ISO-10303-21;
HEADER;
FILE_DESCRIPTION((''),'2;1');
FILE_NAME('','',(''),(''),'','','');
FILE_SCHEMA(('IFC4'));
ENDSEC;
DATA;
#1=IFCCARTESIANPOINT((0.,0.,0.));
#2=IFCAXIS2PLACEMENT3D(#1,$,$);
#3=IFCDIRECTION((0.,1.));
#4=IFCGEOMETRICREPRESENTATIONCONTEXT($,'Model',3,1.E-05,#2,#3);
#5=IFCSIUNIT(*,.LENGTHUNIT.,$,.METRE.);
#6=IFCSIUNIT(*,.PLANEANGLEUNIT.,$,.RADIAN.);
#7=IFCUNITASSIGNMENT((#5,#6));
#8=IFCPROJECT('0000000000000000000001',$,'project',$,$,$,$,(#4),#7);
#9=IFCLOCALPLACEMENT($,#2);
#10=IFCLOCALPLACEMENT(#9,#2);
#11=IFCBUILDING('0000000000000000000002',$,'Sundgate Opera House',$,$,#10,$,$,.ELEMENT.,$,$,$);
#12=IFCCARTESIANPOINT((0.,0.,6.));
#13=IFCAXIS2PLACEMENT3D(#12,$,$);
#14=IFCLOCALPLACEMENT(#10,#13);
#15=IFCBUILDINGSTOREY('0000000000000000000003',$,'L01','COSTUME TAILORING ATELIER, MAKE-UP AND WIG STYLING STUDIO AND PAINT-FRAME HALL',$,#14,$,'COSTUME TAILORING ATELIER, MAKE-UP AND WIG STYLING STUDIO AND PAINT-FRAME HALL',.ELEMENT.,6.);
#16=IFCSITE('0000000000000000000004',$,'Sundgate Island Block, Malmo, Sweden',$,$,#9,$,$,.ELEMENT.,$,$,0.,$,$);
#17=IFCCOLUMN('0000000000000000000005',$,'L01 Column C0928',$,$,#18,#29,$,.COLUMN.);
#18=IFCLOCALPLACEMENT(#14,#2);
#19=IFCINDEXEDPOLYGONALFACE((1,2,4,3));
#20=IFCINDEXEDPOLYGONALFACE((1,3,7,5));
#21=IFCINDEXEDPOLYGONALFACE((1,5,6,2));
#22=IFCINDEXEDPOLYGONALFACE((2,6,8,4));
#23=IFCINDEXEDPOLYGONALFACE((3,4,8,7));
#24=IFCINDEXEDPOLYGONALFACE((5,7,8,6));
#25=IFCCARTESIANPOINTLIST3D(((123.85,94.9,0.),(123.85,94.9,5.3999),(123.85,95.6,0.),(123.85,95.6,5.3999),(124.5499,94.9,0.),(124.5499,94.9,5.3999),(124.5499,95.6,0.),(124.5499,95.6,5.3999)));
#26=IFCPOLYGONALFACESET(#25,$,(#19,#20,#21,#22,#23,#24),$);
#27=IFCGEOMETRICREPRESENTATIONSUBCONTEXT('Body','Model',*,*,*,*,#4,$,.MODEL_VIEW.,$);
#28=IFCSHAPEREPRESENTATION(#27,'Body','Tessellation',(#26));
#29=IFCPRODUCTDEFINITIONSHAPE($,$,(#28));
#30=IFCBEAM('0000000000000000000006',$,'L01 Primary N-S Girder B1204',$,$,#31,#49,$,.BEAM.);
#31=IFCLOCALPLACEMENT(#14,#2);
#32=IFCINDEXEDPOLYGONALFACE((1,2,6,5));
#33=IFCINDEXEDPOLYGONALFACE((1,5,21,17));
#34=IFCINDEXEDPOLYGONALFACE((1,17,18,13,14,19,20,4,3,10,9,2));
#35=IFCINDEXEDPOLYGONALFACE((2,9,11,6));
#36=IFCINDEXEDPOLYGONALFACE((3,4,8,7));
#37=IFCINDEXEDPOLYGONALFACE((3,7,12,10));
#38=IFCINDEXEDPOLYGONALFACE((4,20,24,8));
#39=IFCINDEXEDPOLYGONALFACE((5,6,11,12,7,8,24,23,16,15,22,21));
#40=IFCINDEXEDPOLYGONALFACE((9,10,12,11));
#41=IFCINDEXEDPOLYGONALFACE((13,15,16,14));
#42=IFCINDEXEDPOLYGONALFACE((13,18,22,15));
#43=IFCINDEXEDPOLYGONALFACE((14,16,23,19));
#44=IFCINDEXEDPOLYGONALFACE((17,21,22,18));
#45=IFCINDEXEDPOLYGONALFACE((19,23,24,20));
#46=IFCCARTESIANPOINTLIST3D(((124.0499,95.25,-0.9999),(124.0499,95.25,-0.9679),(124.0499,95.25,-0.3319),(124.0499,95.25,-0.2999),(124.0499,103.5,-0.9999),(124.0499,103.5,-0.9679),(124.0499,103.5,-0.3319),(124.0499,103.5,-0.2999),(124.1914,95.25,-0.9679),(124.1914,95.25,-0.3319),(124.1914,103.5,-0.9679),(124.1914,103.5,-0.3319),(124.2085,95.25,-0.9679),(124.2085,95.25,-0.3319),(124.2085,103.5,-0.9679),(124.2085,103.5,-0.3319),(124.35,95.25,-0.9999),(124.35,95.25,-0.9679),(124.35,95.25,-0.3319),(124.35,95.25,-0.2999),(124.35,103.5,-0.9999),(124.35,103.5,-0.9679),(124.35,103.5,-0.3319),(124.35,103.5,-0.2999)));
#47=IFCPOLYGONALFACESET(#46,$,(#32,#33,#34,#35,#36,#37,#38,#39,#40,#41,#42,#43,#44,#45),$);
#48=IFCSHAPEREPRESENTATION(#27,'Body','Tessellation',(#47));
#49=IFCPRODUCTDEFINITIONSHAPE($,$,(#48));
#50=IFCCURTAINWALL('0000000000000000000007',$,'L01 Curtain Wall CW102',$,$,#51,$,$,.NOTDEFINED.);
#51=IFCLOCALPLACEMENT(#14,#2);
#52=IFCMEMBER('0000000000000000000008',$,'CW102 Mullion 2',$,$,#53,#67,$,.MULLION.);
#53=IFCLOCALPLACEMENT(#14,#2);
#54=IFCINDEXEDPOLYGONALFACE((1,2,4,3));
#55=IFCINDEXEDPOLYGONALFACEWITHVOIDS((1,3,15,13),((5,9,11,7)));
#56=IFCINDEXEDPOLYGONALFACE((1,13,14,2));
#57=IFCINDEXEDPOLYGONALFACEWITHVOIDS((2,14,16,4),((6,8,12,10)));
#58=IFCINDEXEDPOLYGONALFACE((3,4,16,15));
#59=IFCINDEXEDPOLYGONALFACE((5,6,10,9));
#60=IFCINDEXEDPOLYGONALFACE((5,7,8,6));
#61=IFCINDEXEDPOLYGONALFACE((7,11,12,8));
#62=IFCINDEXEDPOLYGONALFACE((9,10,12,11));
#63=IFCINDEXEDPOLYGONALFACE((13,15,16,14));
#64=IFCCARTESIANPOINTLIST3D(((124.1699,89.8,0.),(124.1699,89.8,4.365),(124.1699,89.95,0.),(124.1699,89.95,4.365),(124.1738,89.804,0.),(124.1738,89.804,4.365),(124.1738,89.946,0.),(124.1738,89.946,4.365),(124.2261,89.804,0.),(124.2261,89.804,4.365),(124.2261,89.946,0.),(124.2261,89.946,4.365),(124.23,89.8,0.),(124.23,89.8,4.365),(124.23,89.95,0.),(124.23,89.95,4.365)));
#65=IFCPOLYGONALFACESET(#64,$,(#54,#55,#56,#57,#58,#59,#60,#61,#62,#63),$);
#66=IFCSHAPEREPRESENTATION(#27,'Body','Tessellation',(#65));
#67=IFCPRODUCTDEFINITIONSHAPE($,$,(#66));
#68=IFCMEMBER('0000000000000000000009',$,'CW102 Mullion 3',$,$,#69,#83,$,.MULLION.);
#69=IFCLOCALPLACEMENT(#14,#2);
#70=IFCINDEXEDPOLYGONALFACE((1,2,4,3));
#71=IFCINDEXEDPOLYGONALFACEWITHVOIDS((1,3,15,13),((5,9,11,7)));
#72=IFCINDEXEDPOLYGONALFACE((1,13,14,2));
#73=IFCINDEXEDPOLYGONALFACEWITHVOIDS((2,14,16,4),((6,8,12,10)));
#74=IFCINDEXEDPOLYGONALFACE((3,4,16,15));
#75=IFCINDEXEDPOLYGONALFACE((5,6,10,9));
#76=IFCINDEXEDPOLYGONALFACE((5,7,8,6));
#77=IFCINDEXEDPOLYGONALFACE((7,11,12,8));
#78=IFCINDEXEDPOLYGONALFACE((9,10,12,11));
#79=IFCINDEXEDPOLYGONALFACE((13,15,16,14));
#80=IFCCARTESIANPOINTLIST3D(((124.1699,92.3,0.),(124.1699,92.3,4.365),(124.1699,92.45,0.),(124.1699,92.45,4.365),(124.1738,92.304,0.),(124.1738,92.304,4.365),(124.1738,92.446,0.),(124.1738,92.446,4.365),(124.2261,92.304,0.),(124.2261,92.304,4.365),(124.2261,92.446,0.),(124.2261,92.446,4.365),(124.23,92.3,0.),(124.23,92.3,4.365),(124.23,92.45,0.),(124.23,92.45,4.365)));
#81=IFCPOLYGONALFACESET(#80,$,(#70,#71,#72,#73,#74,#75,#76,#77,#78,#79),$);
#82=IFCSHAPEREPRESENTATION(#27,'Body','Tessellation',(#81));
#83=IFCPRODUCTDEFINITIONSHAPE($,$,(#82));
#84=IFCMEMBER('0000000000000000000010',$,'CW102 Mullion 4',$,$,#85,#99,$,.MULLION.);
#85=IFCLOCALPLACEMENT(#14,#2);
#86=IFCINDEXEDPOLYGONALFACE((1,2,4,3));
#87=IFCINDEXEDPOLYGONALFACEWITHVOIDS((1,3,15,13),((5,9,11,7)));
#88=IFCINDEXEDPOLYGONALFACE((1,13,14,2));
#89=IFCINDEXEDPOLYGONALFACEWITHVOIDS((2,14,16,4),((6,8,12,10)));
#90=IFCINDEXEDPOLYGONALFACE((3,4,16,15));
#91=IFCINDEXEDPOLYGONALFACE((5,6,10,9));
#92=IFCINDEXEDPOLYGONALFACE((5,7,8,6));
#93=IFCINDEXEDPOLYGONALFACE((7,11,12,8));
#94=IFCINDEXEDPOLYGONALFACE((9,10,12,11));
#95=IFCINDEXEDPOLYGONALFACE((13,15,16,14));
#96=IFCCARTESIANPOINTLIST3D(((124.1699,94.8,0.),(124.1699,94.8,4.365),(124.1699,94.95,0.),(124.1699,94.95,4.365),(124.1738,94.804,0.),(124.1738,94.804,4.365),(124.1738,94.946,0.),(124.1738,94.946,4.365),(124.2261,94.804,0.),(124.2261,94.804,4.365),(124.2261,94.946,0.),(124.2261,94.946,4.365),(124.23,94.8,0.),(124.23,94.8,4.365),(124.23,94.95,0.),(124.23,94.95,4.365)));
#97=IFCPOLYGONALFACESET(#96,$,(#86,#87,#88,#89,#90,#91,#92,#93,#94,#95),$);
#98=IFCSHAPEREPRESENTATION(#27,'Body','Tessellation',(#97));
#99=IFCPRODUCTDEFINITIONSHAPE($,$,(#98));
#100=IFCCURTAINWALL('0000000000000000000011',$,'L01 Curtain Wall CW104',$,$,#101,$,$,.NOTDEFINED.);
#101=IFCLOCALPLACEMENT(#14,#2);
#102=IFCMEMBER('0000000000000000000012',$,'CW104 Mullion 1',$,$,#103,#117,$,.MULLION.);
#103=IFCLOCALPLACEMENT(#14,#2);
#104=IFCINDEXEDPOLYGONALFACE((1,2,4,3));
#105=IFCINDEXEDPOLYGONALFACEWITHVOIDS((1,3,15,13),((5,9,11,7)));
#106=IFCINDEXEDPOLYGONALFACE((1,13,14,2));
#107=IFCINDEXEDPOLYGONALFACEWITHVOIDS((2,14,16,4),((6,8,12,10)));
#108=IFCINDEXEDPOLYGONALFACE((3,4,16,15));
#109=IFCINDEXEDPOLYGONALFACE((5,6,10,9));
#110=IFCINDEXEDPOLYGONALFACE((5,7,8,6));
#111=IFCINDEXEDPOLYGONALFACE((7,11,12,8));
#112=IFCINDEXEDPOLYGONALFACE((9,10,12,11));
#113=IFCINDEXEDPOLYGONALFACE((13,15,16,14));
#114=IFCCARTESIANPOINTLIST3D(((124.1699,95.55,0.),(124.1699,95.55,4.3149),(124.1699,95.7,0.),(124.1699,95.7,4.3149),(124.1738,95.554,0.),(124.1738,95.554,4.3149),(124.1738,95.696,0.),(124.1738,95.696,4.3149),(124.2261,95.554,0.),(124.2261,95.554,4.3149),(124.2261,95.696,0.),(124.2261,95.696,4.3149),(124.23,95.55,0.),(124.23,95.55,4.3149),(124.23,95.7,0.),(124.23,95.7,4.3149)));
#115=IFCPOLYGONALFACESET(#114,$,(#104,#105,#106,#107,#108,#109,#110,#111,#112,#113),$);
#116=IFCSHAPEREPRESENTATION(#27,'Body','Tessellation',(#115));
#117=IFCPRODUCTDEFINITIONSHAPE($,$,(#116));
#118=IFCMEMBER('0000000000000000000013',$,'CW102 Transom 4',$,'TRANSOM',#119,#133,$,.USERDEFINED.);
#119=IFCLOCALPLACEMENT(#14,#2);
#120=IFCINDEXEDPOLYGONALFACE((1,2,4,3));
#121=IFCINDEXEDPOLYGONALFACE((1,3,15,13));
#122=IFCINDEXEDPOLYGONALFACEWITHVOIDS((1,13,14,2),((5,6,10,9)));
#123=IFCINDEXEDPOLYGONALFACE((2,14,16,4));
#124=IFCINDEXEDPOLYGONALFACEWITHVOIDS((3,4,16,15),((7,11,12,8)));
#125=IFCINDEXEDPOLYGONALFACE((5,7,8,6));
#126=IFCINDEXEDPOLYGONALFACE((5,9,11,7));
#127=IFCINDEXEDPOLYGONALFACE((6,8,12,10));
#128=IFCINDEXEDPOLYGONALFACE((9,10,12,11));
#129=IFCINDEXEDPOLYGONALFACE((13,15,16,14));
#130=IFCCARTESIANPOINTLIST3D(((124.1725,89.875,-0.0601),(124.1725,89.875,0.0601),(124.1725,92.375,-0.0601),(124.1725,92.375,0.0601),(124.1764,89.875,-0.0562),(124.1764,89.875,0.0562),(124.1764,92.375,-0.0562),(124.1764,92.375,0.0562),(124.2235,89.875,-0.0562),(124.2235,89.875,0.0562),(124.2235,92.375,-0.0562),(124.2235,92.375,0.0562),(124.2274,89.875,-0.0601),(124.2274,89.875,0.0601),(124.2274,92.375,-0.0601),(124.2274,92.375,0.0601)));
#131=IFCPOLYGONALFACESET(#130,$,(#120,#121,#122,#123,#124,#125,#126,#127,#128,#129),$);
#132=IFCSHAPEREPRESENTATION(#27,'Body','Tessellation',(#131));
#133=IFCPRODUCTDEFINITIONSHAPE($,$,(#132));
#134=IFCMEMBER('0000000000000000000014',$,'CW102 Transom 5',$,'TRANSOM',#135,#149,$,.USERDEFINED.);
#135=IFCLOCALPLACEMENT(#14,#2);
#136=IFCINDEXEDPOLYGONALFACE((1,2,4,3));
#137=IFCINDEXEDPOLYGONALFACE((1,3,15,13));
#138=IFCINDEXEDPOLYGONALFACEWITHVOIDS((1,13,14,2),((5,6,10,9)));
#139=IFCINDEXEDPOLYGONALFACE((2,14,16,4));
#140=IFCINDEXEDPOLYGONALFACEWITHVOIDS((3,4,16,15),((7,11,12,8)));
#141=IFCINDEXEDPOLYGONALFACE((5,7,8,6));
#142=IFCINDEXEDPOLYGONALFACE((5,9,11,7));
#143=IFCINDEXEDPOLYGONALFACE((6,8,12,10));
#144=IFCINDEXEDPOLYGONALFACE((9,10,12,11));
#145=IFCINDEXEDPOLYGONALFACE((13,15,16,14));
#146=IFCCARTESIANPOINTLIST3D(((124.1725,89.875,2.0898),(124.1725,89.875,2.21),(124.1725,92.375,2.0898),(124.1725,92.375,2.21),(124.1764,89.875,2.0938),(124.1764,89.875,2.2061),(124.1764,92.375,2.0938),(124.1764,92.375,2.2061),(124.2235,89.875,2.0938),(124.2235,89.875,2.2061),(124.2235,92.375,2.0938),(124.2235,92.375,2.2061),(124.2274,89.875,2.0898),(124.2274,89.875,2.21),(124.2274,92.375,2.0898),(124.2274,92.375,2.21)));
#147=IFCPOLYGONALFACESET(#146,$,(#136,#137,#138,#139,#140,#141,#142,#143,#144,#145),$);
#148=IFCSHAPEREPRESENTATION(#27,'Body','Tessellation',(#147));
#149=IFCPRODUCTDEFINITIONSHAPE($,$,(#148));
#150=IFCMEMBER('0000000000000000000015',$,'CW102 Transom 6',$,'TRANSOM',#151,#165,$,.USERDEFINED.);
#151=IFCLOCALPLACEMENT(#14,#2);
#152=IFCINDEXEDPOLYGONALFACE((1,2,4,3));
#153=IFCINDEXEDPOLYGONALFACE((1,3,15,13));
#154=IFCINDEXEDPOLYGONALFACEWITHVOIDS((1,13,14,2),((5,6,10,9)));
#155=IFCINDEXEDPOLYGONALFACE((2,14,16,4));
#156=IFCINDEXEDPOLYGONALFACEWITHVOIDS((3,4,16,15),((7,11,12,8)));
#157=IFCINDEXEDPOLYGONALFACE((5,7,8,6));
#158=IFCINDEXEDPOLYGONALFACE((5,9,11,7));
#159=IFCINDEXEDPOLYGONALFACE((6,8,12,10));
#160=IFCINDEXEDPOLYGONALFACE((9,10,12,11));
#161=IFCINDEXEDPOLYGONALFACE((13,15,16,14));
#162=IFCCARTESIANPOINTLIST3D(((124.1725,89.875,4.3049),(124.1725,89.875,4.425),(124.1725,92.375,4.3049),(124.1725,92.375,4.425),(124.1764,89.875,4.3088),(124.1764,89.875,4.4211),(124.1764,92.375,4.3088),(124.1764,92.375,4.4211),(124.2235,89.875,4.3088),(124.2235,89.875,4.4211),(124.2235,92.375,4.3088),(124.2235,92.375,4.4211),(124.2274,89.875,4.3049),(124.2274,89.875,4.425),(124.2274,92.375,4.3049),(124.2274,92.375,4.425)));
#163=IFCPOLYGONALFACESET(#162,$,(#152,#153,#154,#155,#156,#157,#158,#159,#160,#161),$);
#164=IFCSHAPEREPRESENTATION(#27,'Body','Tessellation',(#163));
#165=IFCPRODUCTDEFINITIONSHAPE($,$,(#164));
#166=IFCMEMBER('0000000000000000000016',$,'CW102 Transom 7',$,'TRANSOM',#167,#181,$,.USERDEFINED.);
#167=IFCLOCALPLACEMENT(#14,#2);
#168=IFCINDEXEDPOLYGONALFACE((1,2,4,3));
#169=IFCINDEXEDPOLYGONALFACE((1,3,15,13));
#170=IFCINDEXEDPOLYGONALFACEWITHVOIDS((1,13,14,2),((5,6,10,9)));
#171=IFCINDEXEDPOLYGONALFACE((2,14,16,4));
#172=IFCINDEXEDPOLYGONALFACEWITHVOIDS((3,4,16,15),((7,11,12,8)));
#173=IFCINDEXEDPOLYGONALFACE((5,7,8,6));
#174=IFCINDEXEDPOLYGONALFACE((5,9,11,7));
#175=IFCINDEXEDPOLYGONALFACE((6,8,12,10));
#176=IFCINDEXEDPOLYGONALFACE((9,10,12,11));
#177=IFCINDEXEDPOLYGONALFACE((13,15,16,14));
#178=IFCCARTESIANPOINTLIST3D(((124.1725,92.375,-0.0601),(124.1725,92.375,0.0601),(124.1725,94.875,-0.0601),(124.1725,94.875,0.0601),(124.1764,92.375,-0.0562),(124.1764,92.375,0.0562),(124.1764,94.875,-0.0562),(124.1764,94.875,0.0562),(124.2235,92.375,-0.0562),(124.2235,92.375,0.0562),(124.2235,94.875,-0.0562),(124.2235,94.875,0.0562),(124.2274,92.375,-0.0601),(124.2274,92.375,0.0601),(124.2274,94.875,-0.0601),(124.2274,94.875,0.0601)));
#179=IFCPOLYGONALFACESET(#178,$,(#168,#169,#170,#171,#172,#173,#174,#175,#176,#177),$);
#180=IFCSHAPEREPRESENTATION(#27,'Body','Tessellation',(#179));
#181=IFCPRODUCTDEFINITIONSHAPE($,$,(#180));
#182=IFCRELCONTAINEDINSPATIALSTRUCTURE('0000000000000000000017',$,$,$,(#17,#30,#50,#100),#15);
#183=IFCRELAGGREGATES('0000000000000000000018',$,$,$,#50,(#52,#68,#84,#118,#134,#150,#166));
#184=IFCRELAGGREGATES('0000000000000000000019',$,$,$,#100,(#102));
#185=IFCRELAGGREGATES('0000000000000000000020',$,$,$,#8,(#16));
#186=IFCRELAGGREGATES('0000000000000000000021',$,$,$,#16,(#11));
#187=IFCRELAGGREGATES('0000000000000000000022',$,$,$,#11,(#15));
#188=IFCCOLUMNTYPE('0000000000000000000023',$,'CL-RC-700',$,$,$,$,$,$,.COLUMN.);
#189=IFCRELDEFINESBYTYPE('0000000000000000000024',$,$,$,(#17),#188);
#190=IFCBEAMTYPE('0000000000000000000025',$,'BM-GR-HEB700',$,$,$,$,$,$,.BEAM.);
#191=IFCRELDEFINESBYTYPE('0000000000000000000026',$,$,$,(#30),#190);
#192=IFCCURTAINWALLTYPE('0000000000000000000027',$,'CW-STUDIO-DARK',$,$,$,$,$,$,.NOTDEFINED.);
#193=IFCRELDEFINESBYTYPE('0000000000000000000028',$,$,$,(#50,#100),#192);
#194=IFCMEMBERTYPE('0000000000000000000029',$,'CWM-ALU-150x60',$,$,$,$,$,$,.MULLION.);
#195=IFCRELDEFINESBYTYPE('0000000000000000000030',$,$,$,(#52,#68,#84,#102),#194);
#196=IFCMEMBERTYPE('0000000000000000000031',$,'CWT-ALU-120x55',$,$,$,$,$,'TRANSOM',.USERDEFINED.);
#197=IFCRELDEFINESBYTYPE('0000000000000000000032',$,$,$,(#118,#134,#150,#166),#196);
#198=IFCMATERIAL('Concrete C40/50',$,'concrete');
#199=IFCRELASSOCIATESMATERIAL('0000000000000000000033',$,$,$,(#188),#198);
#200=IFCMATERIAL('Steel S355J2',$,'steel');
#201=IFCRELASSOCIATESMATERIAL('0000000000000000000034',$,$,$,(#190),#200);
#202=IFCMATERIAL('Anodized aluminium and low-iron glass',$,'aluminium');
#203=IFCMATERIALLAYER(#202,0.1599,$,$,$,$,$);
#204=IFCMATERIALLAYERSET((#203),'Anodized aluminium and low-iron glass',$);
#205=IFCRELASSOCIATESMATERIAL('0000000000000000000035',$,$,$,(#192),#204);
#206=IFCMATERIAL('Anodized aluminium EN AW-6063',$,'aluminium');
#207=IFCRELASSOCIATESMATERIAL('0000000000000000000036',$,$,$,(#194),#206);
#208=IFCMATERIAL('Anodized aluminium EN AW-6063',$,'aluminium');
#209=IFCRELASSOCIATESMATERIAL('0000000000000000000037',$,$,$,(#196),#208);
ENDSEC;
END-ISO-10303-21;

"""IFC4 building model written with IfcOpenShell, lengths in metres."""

from ifc_helpers import new_model, si_unit, direction, frame, origin, origin_2d, place, context, subcontext, project, spatial, rectangle, hollow_rectangle, i_section, extrude, material, layer, layer_set, material_profile, profile_set, type_object, element, aggregate, save


model = new_model("IFC4")

# Units and contexts
model_context = context("Model", 3, precision=1e-05, world=origin(), true_north=direction((0.0, 1.0)))
body_context = subcontext(model_context, "Body", "Model", "MODEL_VIEW")
ifc_project = project(units=[si_unit("LENGTHUNIT", "METRE"), si_unit("PLANEANGLEUNIT", "RADIAN")], contexts=[model_context])

# Site, building, storey
site_placement = place(None, origin())
site = spatial("IfcSite", under=ifc_project, at=site_placement, Name="Sundgate Island Block, Malmo, Sweden", CompositionType="ELEMENT", RefElevation=0.0)
building_placement = place(site_placement, origin())
building = spatial("IfcBuilding", under=site, at=building_placement, Name="Sundgate Opera House", CompositionType="ELEMENT")
storey_placement = place(building_placement, frame((0.0, 0.0, 6.0)))
storey = spatial("IfcBuildingStorey", under=building, at=storey_placement, Name="L01", Description="COSTUME TAILORING ATELIER, MAKE-UP AND WIG STYLING STUDIO AND PAINT-FRAME HALL", LongName="COSTUME TAILORING ATELIER, MAKE-UP AND WIG STYLING STUDIO AND PAINT-FRAME HALL", CompositionType="ELEMENT", Elevation=6.0)

# Column
ifc_material_1 = material(Name="Concrete C40/50", Category="concrete")
ifc_material_profile_1 = material_profile(ifc_material_1, rectangle(XDim=0.7, YDim=0.7, at=origin_2d()), Name="RC 700x700")
ifc_profile_set_1 = profile_set([ifc_material_profile_1], Name="Concrete C40/50")
column_type = type_object("IfcColumnType", Name="CL-RC-700", PredefinedType="COLUMN", material=ifc_profile_set_1)
column_placement = place(storey_placement, frame((124.2, 95.25, 0.0), z_axis=(0.0, 0.0, 1.0), x_axis=(1.0, 0.0, 0.0)))
element("IfcColumn", 1, at=column_placement, inside=storey, type_object=column_type, Name="L01 Column C0928", PredefinedType="COLUMN", context=body_context, shape_type="SweptSolid", body=[
    extrude(rectangle(XDim=0.7, YDim=0.7, at=origin_2d()), origin(), (0.0, 0.0, 1.0), 5.3999),
])

# Beam
ifc_material_2 = material(Name="Steel S355J2", Category="steel")
ifc_material_profile_2 = material_profile(ifc_material_2, i_section(OverallWidth=0.3, OverallDepth=0.7, WebThickness=0.0171, FlangeThickness=0.032, at=origin_2d()), Name="HEB 700")
ifc_profile_set_2 = profile_set([ifc_material_profile_2], Name="Steel S355J2")
beam_type = type_object("IfcBeamType", Name="BM-GR-HEB700", PredefinedType="BEAM", material=ifc_profile_set_2)
beam_placement = place(storey_placement, frame((124.2, 95.25, -0.6499), z_axis=(0.0, 1.0, 0.0), x_axis=(-1.0, 0.0, 0.0)))
element("IfcBeam", 2, at=beam_placement, inside=storey, type_object=beam_type, Name="L01 Primary N-S Girder B1204", PredefinedType="BEAM", context=body_context, shape_type="SweptSolid", body=[
    extrude(i_section(OverallWidth=0.3, OverallDepth=0.7, WebThickness=0.0171, FlangeThickness=0.032, at=origin_2d()), origin(), (0.0, 0.0, 1.0), 8.25),
])

# Curtain wall, members
ifc_material_3 = material(Name="Anodized aluminium and low-iron glass", Category="aluminium")
ifc_layer_1 = layer(ifc_material_3, 0.1599)
ifc_layer_set_1 = layer_set([ifc_layer_1], Name="Anodized aluminium and low-iron glass")
curtain_wall_type = type_object("IfcCurtainWallType", Name="CW-STUDIO-DARK", PredefinedType="NOTDEFINED", material=ifc_layer_set_1)
curtain_wall_1_placement = place(storey_placement, origin())
curtain_wall_1 = element("IfcCurtainWall", 3, at=curtain_wall_1_placement, inside=storey, type_object=curtain_wall_type, Name="L01 Curtain Wall CW102", PredefinedType="NOTDEFINED")
ifc_material_4 = material(Name="Anodized aluminium EN AW-6063", Category="aluminium")
ifc_material_profile_3 = material_profile(ifc_material_4, hollow_rectangle(XDim=0.0601, YDim=0.1499, WallThickness=0.0039, at=origin_2d()), Name="CWM 150x60x4")
ifc_profile_set_3 = profile_set([ifc_material_profile_3], Name="Anodized aluminium EN AW-6063")
member_type_1 = type_object("IfcMemberType", Name="CWM-ALU-150x60", PredefinedType="MULLION", material=ifc_profile_set_3)
member_1_placement = place(storey_placement, frame((124.2, 89.875, 0.0), z_axis=(0.0, 0.0, 1.0), x_axis=(1.0, 0.0, 0.0)))
member_1 = element("IfcMember", 4, at=member_1_placement, type_object=member_type_1, Name="CW102 Mullion 2", PredefinedType="MULLION", context=body_context, shape_type="SweptSolid", body=[
    extrude(hollow_rectangle(XDim=0.0601, YDim=0.1499, WallThickness=0.0039, at=origin_2d()), origin(), (0.0, 0.0, 1.0), 4.365),
])
member_2_placement = place(storey_placement, frame((124.2, 92.375, 0.0), z_axis=(0.0, 0.0, 1.0), x_axis=(1.0, 0.0, 0.0)))
member_2 = element("IfcMember", 5, at=member_2_placement, type_object=member_type_1, Name="CW102 Mullion 3", PredefinedType="MULLION", context=body_context, shape_type="SweptSolid", body=[
    extrude(hollow_rectangle(XDim=0.0601, YDim=0.1499, WallThickness=0.0039, at=origin_2d()), origin(), (0.0, 0.0, 1.0), 4.365),
])
member_3_placement = place(storey_placement, frame((124.2, 94.875, 0.0), z_axis=(0.0, 0.0, 1.0), x_axis=(1.0, 0.0, 0.0)))
member_3 = element("IfcMember", 6, at=member_3_placement, type_object=member_type_1, Name="CW102 Mullion 4", PredefinedType="MULLION", context=body_context, shape_type="SweptSolid", body=[
    extrude(hollow_rectangle(XDim=0.0601, YDim=0.1499, WallThickness=0.0039, at=origin_2d()), origin(), (0.0, 0.0, 1.0), 4.365),
])

# Curtain wall, member
curtain_wall_2_placement = place(storey_placement, origin())
curtain_wall_2 = element("IfcCurtainWall", 7, at=curtain_wall_2_placement, inside=storey, type_object=curtain_wall_type, Name="L01 Curtain Wall CW104", PredefinedType="NOTDEFINED")
member_4_placement = place(storey_placement, frame((124.2, 95.625, 0.0), z_axis=(0.0, 0.0, 1.0), x_axis=(1.0, 0.0, 0.0)))
member_4 = element("IfcMember", 8, at=member_4_placement, type_object=member_type_1, Name="CW104 Mullion 1", PredefinedType="MULLION", context=body_context, shape_type="SweptSolid", body=[
    extrude(hollow_rectangle(XDim=0.0601, YDim=0.1499, WallThickness=0.0039, at=origin_2d()), origin(), (0.0, 0.0, 1.0), 4.3149),
])

# Members
ifc_material_5 = material(Name="Anodized aluminium EN AW-6063", Category="aluminium")
ifc_material_profile_4 = material_profile(ifc_material_5, hollow_rectangle(XDim=0.0549, YDim=0.1201, WallThickness=0.0039, at=origin_2d()), Name="CWT 120x55x4")
ifc_profile_set_4 = profile_set([ifc_material_profile_4], Name="Anodized aluminium EN AW-6063")
member_type_2 = type_object("IfcMemberType", Name="CWT-ALU-120x55", ElementType="TRANSOM", PredefinedType="USERDEFINED", material=ifc_profile_set_4)
member_5_placement = place(storey_placement, frame((124.2, 89.875, 0.0), z_axis=(0.0, 1.0, 0.0), x_axis=(-1.0, 0.0, 0.0)))
member_5 = element("IfcMember", 9, at=member_5_placement, type_object=member_type_2, Name="CW102 Transom 4", ObjectType="TRANSOM", PredefinedType="USERDEFINED", context=body_context, shape_type="SweptSolid", body=[
    extrude(hollow_rectangle(XDim=0.0549, YDim=0.1201, WallThickness=0.0039, at=origin_2d()), origin(), (0.0, 0.0, 1.0), 2.5),
])
member_6_placement = place(storey_placement, frame((124.2, 89.875, 2.1499), z_axis=(0.0, 1.0, 0.0), x_axis=(-1.0, 0.0, 0.0)))
member_6 = element("IfcMember", 10, at=member_6_placement, type_object=member_type_2, Name="CW102 Transom 5", ObjectType="TRANSOM", PredefinedType="USERDEFINED", context=body_context, shape_type="SweptSolid", body=[
    extrude(hollow_rectangle(XDim=0.0549, YDim=0.1201, WallThickness=0.0039, at=origin_2d()), origin(), (0.0, 0.0, 1.0), 2.5),
])
member_7_placement = place(storey_placement, frame((124.2, 89.875, 4.365), z_axis=(0.0, 1.0, 0.0), x_axis=(-1.0, 0.0, 0.0)))
member_7 = element("IfcMember", 11, at=member_7_placement, type_object=member_type_2, Name="CW102 Transom 6", ObjectType="TRANSOM", PredefinedType="USERDEFINED", context=body_context, shape_type="SweptSolid", body=[
    extrude(hollow_rectangle(XDim=0.0549, YDim=0.1201, WallThickness=0.0039, at=origin_2d()), origin(), (0.0, 0.0, 1.0), 2.5),
])
member_8_placement = place(storey_placement, frame((124.2, 92.375, 0.0), z_axis=(0.0, 1.0, 0.0), x_axis=(-1.0, 0.0, 0.0)))
member_8 = element("IfcMember", 12, at=member_8_placement, type_object=member_type_2, Name="CW102 Transom 7", ObjectType="TRANSOM", PredefinedType="USERDEFINED", context=body_context, shape_type="SweptSolid", body=[
    extrude(hollow_rectangle(XDim=0.0549, YDim=0.1201, WallThickness=0.0039, at=origin_2d()), origin(), (0.0, 0.0, 1.0), 2.5),
])

aggregate(curtain_wall_1, [member_1, member_2, member_3, member_5, member_6, member_7, member_8])
aggregate(curtain_wall_2, [member_4])

save(model, "model.ifc")
